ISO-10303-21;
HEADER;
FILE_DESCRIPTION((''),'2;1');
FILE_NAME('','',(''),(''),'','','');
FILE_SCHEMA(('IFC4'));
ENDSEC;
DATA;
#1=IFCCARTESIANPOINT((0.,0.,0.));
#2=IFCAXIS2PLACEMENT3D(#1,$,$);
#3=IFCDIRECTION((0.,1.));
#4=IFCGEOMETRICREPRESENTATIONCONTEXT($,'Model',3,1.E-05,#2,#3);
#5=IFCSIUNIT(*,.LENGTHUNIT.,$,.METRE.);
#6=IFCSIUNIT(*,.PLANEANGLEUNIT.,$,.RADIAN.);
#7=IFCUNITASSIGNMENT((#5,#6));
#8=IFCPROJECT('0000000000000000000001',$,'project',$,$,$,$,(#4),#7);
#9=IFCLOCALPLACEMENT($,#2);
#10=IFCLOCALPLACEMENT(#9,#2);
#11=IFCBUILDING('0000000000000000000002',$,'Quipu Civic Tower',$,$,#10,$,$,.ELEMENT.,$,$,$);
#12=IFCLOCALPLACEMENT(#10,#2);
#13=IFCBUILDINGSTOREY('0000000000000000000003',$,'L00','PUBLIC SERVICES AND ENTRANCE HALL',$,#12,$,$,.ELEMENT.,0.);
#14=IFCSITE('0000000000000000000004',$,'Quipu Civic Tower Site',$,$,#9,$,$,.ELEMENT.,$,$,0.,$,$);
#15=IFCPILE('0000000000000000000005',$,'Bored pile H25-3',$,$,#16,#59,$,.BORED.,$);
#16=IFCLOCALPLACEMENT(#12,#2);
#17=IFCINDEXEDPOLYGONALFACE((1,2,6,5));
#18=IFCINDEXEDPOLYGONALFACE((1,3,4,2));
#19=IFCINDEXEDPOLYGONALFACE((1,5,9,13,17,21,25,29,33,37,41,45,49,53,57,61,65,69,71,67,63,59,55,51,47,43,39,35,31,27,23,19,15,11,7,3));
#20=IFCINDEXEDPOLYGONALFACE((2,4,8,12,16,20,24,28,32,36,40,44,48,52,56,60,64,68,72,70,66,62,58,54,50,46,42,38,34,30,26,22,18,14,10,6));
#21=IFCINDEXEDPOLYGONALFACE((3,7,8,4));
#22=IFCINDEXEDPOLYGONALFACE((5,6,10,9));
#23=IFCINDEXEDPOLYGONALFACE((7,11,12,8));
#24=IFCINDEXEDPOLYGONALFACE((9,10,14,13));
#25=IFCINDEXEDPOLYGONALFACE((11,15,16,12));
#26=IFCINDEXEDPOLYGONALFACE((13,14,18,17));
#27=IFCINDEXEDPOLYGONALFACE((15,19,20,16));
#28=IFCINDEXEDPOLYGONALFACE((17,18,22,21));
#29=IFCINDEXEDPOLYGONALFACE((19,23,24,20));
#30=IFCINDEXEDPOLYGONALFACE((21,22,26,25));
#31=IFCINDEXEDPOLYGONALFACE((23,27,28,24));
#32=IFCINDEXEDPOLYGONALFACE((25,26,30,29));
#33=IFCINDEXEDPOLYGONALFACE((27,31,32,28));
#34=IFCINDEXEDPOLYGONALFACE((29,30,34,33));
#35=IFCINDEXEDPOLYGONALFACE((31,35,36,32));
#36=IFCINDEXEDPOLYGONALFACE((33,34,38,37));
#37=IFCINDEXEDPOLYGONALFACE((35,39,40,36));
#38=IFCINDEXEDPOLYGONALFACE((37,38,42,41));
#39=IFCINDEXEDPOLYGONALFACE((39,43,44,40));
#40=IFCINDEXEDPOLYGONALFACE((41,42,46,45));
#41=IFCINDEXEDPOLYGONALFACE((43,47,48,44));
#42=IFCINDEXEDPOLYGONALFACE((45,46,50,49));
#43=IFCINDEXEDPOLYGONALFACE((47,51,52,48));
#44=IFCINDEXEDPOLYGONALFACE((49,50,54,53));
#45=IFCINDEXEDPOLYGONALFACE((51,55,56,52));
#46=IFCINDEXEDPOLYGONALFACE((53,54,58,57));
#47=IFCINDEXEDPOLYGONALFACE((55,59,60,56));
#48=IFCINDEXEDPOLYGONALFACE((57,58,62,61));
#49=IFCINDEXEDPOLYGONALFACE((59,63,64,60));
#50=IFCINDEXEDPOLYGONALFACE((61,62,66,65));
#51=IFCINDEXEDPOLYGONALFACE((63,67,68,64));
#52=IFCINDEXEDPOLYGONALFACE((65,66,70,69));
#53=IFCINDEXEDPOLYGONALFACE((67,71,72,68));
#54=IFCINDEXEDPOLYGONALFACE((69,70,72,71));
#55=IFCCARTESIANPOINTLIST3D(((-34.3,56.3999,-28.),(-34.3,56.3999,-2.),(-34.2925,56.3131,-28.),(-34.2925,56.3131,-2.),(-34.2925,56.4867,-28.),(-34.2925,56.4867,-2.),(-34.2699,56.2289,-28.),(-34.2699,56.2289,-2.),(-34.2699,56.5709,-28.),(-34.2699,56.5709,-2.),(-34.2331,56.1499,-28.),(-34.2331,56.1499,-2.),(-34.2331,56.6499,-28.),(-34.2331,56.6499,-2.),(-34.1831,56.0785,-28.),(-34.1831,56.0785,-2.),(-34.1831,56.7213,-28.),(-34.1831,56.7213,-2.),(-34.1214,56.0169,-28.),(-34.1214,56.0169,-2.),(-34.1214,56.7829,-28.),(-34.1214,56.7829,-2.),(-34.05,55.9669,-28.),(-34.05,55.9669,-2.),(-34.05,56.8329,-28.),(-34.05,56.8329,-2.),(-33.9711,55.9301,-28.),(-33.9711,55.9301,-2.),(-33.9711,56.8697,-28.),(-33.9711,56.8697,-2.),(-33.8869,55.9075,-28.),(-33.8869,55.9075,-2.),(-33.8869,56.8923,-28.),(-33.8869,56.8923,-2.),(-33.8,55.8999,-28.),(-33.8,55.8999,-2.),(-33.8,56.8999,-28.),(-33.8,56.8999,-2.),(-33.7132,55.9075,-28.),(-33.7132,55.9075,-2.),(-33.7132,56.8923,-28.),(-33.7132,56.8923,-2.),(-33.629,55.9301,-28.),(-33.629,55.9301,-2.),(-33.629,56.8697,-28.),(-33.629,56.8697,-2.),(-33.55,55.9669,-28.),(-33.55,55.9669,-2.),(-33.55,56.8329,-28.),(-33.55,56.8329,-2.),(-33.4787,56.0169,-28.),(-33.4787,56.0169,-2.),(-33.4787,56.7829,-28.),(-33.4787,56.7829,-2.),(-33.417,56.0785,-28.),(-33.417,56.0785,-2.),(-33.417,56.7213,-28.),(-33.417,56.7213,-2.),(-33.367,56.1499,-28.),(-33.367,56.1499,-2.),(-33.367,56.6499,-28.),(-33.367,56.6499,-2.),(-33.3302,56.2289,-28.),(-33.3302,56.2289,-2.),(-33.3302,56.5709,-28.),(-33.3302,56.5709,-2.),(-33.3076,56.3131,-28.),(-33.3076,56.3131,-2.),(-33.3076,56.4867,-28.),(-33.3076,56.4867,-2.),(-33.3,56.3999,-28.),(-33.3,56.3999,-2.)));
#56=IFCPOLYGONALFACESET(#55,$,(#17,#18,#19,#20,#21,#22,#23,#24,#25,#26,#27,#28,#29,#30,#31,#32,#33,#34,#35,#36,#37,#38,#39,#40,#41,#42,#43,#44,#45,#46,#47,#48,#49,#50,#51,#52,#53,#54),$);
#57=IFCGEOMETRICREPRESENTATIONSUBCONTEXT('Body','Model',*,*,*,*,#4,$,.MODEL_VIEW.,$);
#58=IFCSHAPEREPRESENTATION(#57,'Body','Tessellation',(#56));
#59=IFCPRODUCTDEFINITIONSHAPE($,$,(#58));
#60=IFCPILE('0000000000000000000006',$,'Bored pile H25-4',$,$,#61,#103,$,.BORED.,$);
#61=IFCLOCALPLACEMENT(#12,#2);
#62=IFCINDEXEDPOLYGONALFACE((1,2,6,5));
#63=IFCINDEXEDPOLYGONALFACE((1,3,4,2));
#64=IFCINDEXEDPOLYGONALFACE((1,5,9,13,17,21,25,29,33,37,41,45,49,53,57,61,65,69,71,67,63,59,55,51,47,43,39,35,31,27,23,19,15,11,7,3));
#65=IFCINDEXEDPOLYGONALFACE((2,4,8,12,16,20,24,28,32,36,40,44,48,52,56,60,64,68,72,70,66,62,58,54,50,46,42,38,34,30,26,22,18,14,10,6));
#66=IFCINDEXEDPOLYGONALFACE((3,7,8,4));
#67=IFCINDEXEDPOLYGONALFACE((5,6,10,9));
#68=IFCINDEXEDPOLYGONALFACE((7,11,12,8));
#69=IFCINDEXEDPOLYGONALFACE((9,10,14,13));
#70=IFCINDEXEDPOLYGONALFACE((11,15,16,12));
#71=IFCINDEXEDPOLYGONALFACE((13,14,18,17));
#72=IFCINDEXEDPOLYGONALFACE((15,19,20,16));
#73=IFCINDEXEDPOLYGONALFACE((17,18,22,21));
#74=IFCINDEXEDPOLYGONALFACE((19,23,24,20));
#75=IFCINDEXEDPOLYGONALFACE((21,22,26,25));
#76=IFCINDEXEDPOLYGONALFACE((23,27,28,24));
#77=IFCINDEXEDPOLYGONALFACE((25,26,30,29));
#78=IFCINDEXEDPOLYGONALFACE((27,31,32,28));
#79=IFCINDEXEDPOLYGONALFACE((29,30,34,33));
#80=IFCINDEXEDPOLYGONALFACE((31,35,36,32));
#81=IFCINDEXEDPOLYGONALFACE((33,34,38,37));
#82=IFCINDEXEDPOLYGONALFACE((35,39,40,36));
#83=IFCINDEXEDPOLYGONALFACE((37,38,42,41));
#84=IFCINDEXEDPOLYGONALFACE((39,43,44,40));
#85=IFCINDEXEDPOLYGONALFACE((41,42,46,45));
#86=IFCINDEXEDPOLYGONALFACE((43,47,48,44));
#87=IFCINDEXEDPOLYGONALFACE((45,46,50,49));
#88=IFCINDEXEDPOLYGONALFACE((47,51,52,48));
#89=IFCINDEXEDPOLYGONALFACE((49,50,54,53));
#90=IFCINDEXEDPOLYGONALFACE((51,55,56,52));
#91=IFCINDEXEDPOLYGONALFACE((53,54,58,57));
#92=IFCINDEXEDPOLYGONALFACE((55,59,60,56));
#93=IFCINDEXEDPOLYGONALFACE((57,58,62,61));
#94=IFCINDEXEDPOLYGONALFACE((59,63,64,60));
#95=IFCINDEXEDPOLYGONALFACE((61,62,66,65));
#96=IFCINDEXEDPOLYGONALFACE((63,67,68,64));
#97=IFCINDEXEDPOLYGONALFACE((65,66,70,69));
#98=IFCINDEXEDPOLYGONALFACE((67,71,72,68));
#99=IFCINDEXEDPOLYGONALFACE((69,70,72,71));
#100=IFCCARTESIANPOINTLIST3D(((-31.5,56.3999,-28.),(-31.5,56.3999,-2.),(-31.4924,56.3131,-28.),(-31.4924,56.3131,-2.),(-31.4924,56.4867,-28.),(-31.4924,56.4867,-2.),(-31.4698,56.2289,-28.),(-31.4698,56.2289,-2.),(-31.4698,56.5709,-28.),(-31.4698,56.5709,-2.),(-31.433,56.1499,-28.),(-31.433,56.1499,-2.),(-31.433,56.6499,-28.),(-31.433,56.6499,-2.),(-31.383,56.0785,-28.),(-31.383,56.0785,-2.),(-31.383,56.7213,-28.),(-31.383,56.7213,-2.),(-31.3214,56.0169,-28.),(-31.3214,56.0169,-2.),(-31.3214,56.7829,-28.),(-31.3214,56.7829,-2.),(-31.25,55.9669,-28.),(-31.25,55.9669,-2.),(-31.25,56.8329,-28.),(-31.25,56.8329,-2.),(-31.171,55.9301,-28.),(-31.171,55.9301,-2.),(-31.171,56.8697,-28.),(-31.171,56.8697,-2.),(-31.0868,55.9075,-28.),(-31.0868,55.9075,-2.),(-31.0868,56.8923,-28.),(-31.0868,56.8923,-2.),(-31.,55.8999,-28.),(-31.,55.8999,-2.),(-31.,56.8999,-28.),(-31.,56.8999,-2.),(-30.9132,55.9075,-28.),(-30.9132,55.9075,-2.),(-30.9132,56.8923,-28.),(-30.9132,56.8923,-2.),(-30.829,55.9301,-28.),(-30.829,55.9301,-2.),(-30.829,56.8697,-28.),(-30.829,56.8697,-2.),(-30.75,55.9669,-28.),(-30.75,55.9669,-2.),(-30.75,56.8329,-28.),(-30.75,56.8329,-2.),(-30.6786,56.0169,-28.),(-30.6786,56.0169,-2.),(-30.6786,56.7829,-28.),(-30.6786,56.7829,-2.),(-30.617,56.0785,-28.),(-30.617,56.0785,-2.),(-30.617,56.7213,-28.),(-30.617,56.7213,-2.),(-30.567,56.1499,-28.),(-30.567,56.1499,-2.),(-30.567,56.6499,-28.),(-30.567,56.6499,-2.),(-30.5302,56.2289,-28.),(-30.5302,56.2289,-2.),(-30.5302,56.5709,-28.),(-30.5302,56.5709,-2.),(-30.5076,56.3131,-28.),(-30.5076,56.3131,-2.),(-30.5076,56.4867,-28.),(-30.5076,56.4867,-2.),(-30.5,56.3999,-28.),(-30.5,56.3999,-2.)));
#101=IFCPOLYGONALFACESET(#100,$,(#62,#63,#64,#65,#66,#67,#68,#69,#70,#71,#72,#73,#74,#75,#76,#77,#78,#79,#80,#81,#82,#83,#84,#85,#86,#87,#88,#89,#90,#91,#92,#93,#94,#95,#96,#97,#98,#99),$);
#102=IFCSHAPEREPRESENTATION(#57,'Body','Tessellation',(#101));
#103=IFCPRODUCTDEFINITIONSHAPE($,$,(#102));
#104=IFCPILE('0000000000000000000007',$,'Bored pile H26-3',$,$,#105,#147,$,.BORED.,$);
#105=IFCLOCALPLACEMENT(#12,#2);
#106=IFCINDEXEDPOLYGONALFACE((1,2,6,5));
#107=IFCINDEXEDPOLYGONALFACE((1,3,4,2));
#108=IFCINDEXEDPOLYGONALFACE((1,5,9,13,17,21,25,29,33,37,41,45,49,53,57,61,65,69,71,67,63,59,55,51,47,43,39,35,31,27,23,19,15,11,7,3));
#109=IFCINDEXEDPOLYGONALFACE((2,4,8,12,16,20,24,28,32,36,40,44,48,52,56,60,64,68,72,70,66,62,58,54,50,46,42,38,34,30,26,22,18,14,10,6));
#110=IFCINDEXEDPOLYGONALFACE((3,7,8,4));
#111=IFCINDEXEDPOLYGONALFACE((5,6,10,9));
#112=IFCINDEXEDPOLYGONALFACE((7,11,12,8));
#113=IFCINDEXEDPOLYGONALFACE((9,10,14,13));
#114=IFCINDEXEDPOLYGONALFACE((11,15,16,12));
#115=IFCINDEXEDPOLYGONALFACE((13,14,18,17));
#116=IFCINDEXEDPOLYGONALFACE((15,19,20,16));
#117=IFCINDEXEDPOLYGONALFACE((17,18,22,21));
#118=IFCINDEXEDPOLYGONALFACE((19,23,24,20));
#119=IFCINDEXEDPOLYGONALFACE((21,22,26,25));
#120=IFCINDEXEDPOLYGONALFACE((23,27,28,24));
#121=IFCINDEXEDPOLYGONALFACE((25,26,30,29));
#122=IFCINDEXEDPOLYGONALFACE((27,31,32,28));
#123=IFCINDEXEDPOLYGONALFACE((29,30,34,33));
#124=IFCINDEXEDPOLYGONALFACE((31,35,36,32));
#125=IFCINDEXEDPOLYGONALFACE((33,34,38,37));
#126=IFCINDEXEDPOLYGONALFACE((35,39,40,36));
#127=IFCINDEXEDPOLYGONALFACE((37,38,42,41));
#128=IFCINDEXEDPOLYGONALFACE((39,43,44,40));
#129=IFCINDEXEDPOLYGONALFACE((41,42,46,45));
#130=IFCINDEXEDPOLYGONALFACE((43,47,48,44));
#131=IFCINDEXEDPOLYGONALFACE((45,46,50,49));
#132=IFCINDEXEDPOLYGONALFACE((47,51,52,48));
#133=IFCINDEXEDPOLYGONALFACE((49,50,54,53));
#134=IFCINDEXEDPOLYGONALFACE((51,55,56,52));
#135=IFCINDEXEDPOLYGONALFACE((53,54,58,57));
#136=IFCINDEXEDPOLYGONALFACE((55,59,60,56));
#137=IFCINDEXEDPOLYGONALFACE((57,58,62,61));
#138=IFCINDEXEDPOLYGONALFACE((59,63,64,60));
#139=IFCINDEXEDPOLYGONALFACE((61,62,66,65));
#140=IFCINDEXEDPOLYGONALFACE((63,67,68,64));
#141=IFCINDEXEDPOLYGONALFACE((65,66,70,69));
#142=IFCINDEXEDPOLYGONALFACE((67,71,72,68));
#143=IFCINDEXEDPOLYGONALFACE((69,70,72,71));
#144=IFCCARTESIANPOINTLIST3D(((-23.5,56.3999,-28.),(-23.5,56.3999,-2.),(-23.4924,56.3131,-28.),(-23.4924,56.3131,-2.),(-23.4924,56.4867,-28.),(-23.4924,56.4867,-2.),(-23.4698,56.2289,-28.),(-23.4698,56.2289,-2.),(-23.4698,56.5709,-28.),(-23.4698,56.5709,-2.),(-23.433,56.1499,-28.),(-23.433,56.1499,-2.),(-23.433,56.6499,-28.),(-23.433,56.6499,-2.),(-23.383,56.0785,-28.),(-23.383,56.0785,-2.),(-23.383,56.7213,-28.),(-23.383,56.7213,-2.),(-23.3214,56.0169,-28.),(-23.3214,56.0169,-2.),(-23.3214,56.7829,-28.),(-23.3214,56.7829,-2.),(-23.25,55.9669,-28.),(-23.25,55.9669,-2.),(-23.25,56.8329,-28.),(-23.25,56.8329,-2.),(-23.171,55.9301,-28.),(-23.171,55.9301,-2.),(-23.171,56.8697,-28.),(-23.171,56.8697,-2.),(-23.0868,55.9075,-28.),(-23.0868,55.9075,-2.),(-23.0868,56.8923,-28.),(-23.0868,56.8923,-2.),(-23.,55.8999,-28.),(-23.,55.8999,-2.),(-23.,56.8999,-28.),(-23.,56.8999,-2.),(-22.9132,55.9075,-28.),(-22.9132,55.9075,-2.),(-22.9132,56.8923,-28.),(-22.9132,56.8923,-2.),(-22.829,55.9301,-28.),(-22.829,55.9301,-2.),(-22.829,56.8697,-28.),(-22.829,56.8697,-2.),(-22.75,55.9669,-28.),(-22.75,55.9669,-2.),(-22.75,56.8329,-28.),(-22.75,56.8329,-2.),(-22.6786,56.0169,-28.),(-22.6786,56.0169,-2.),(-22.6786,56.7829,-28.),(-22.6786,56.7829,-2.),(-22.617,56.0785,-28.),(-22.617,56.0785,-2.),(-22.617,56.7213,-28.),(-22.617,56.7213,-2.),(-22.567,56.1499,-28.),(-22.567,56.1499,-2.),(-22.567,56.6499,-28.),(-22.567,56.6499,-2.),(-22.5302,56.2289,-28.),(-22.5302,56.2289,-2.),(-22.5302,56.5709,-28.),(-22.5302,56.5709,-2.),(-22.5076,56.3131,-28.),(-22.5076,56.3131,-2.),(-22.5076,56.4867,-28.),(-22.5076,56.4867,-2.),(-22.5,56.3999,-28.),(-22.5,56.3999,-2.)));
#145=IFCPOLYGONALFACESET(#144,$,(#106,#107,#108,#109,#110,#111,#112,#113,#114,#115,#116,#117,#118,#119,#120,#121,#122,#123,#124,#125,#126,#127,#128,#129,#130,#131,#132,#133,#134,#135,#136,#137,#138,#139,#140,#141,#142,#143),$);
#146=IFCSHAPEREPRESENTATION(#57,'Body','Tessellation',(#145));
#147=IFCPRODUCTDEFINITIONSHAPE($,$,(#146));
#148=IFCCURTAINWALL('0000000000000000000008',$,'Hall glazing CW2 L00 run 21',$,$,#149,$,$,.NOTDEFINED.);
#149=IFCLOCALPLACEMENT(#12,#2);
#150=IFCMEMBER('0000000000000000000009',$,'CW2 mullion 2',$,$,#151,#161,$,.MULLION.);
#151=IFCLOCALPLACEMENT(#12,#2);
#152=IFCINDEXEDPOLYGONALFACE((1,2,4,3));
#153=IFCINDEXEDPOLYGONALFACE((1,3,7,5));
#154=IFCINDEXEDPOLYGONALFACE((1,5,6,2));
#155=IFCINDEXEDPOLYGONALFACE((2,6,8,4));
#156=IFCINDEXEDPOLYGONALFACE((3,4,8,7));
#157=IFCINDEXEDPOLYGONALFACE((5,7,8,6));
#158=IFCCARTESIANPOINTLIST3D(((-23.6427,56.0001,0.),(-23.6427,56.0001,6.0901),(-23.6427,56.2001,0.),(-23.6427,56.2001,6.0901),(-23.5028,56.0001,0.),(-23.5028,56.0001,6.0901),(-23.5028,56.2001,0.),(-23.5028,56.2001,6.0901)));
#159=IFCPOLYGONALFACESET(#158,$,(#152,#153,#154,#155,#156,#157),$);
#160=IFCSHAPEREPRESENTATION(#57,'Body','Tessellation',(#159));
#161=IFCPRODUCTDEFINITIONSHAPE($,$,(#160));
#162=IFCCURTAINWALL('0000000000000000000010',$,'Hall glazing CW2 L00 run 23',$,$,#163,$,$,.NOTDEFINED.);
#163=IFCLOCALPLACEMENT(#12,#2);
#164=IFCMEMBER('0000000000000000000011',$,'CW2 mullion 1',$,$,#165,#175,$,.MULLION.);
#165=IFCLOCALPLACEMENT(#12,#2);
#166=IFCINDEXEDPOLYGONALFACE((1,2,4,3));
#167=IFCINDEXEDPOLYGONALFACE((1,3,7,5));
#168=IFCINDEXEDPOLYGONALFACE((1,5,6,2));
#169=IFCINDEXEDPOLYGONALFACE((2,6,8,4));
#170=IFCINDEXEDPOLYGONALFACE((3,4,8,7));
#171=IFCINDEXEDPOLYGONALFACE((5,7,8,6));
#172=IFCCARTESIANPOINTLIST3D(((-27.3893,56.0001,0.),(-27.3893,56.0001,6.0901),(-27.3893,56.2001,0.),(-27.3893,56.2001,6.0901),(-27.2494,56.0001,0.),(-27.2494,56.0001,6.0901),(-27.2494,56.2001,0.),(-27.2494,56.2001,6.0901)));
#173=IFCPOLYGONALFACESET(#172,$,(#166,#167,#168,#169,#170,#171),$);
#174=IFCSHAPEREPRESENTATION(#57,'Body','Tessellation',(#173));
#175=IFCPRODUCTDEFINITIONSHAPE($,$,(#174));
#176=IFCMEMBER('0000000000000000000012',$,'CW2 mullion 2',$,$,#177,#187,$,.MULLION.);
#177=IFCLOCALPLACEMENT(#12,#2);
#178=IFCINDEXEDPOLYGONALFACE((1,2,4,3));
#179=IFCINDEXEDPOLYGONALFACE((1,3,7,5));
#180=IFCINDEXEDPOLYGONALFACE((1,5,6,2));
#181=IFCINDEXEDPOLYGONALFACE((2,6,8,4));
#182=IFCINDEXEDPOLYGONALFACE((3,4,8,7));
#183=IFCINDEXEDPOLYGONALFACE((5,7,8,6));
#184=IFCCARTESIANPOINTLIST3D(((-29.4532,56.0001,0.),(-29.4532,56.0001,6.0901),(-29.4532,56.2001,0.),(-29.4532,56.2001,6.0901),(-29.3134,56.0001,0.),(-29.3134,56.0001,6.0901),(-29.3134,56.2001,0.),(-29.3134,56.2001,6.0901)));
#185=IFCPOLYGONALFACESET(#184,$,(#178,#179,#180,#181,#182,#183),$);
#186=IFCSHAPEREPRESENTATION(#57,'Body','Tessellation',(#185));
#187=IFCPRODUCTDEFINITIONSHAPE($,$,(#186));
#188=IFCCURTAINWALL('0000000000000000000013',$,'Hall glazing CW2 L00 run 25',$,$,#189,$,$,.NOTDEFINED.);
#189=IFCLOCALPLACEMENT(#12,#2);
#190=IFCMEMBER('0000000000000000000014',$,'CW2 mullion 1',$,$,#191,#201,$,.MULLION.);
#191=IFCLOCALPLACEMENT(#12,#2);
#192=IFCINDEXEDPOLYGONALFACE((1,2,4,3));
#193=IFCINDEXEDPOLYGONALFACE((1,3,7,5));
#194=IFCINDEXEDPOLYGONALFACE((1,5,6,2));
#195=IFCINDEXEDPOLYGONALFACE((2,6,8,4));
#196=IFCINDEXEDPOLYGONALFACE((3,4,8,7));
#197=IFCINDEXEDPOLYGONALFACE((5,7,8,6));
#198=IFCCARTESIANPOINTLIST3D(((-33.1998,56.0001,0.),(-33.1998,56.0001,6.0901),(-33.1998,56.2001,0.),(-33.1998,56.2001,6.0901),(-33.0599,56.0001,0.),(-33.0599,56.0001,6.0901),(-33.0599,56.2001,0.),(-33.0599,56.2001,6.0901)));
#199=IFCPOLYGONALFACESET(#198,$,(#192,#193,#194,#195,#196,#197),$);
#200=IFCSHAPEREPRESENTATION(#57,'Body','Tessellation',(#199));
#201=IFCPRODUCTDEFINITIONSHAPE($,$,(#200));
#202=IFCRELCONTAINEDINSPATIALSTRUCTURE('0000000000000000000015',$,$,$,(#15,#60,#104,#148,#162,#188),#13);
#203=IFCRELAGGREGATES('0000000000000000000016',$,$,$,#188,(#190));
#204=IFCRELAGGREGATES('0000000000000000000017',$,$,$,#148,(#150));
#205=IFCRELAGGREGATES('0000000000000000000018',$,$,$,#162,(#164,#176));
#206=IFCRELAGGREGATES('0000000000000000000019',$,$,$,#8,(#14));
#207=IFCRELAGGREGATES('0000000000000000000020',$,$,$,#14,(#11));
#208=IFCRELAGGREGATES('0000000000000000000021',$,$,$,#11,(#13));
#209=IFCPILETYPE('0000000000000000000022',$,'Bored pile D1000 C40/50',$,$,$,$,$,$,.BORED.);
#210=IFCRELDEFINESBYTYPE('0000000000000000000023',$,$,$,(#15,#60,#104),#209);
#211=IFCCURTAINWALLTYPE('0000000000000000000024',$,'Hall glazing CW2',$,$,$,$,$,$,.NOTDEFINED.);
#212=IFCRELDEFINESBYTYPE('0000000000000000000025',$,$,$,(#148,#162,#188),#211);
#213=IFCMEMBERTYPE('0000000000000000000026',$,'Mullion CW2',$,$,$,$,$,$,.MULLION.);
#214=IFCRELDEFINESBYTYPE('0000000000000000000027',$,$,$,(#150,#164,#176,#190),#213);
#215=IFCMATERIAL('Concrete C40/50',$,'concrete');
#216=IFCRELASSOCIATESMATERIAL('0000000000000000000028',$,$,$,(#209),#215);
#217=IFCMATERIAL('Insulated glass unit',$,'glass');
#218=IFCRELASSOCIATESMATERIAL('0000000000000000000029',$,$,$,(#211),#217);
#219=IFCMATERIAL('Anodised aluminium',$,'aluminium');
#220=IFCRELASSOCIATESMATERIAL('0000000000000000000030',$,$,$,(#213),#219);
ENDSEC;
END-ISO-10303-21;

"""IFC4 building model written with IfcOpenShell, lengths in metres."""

from ifc_helpers import new_model, si_unit, direction, frame, origin, origin_2d, place, context, subcontext, project, spatial, rectangle, circle, extrude, material, material_profile, profile_set, type_object, element, aggregate, save


model = new_model("IFC4")

# Units and contexts
model_context = context("Model", 3, precision=1e-05, world=origin(), true_north=direction((0.0, 1.0)))
body_context = subcontext(model_context, "Body", "Model", "MODEL_VIEW")
ifc_project = project(units=[si_unit("LENGTHUNIT", "METRE"), si_unit("PLANEANGLEUNIT", "RADIAN")], contexts=[model_context])

# Site, building, storey
site_placement = place(None, origin())
site = spatial("IfcSite", under=ifc_project, at=site_placement, Name="Quipu Civic Tower Site", CompositionType="ELEMENT", RefElevation=0.0)
building_placement = place(site_placement, origin())
building = spatial("IfcBuilding", under=site, at=building_placement, Name="Quipu Civic Tower", CompositionType="ELEMENT")
storey_placement = place(building_placement, origin())
storey = spatial("IfcBuildingStorey", under=building, at=storey_placement, Name="L00", Description="PUBLIC SERVICES AND ENTRANCE HALL", CompositionType="ELEMENT", Elevation=0.0)

# Piles
ifc_material_1 = material(Name="Concrete C40/50", Category="concrete")
ifc_material_profile_1 = material_profile(ifc_material_1, circle(Radius=0.5, at=origin_2d()), Name="RCD1000")
ifc_profile_set_1 = profile_set([ifc_material_profile_1], Name="Concrete C40/50")
pile_type = type_object("IfcPileType", Name="Bored pile D1000 C40/50", PredefinedType="BORED", material=ifc_profile_set_1)
for number, where, z_axis, x_axis, name in (
    (1, (-33.8, 56.3999, -2.0), (0.0, 0.0, -1.0), (1.0, 0.0, 0.0), "Bored pile H25-3"),
    (2, (-31.0, 56.3999, -2.0), (0.0, 0.0, -1.0), (1.0, 0.0, 0.0), "Bored pile H25-4"),
    (3, (-23.0, 56.3999, -2.0), (0.0, 0.0, -1.0), (1.0, 0.0, 0.0), "Bored pile H26-3"),
):
    element("IfcPile", number, at=place(storey_placement, frame(where, z_axis=z_axis, x_axis=x_axis)), inside=storey, type_object=pile_type, Name=name, PredefinedType="BORED", context=body_context, shape_type="SweptSolid", body=[
        extrude(circle(Radius=0.5, at=origin_2d()), origin(), (0.0, 0.0, 1.0), 26.0),
    ])

# Curtain wall, member
ifc_material_2 = material(Name="Insulated glass unit", Category="glass")
curtain_wall_type = type_object("IfcCurtainWallType", Name="Hall glazing CW2", PredefinedType="NOTDEFINED", material=ifc_material_2)
curtain_wall_1_placement = place(storey_placement, origin())
curtain_wall_1 = element("IfcCurtainWall", 4, at=curtain_wall_1_placement, inside=storey, type_object=curtain_wall_type, Name="Hall glazing CW2 L00 run 21", PredefinedType="NOTDEFINED")
ifc_material_3 = material(Name="Anodised aluminium", Category="aluminium")
ifc_material_profile_2 = material_profile(ifc_material_3, rectangle(XDim=0.2, YDim=0.1399, at=origin_2d()), Name="RECT 200x140")
ifc_profile_set_2 = profile_set([ifc_material_profile_2], Name="Anodised aluminium")
member_type_1 = type_object("IfcMemberType", Name="Mullion CW2", PredefinedType="MULLION", material=ifc_profile_set_2)
member_1_placement = place(storey_placement, frame((-23.5728, 56.1001, 0.0), z_axis=(0.0, 0.0, 1.0), x_axis=(0.0, -1.0, 0.0)))
member_1 = element("IfcMember", 5, at=member_1_placement, type_object=member_type_1, Name="CW2 mullion 2", PredefinedType="MULLION", context=body_context, shape_type="SweptSolid", body=[
    extrude(rectangle(XDim=0.2, YDim=0.1399, at=origin_2d()), origin(), (0.0, 0.0, 1.0), 6.0901),
])

# Curtain wall, members
curtain_wall_2_placement = place(storey_placement, origin())
curtain_wall_2 = element("IfcCurtainWall", 6, at=curtain_wall_2_placement, inside=storey, type_object=curtain_wall_type, Name="Hall glazing CW2 L00 run 23", PredefinedType="NOTDEFINED")
member_2_placement = place(storey_placement, frame((-27.3193, 56.1001, 0.0), z_axis=(0.0, 0.0, 1.0), x_axis=(0.0, -1.0, 0.0)))
member_2 = element("IfcMember", 7, at=member_2_placement, type_object=member_type_1, Name="CW2 mullion 1", PredefinedType="MULLION", context=body_context, shape_type="SweptSolid", body=[
    extrude(rectangle(XDim=0.2, YDim=0.1399, at=origin_2d()), origin(), (0.0, 0.0, 1.0), 6.0901),
])
member_3_placement = place(storey_placement, frame((-29.3833, 56.1001, 0.0), z_axis=(0.0, 0.0, 1.0), x_axis=(0.0, -1.0, 0.0)))
member_3 = element("IfcMember", 8, at=member_3_placement, type_object=member_type_1, Name="CW2 mullion 2", PredefinedType="MULLION", context=body_context, shape_type="SweptSolid", body=[
    extrude(rectangle(XDim=0.2, YDim=0.1399, at=origin_2d()), origin(), (0.0, 0.0, 1.0), 6.0901),
])

# Curtain wall, member
curtain_wall_3_placement = place(storey_placement, origin())
curtain_wall_3 = element("IfcCurtainWall", 9, at=curtain_wall_3_placement, inside=storey, type_object=curtain_wall_type, Name="Hall glazing CW2 L00 run 25", PredefinedType="NOTDEFINED")
member_4_placement = place(storey_placement, frame((-33.1299, 56.1001, 0.0), z_axis=(0.0, 0.0, 1.0), x_axis=(0.0, -1.0, 0.0)))
member_4 = element("IfcMember", 10, at=member_4_placement, type_object=member_type_1, Name="CW2 mullion 1", PredefinedType="MULLION", context=body_context, shape_type="SweptSolid", body=[
    extrude(rectangle(XDim=0.2, YDim=0.1399, at=origin_2d()), origin(), (0.0, 0.0, 1.0), 6.0901),
])

aggregate(curtain_wall_3, [member_4])

aggregate(curtain_wall_1, [member_1])
aggregate(curtain_wall_2, [member_2, member_3])

save(model, "model.ifc")
